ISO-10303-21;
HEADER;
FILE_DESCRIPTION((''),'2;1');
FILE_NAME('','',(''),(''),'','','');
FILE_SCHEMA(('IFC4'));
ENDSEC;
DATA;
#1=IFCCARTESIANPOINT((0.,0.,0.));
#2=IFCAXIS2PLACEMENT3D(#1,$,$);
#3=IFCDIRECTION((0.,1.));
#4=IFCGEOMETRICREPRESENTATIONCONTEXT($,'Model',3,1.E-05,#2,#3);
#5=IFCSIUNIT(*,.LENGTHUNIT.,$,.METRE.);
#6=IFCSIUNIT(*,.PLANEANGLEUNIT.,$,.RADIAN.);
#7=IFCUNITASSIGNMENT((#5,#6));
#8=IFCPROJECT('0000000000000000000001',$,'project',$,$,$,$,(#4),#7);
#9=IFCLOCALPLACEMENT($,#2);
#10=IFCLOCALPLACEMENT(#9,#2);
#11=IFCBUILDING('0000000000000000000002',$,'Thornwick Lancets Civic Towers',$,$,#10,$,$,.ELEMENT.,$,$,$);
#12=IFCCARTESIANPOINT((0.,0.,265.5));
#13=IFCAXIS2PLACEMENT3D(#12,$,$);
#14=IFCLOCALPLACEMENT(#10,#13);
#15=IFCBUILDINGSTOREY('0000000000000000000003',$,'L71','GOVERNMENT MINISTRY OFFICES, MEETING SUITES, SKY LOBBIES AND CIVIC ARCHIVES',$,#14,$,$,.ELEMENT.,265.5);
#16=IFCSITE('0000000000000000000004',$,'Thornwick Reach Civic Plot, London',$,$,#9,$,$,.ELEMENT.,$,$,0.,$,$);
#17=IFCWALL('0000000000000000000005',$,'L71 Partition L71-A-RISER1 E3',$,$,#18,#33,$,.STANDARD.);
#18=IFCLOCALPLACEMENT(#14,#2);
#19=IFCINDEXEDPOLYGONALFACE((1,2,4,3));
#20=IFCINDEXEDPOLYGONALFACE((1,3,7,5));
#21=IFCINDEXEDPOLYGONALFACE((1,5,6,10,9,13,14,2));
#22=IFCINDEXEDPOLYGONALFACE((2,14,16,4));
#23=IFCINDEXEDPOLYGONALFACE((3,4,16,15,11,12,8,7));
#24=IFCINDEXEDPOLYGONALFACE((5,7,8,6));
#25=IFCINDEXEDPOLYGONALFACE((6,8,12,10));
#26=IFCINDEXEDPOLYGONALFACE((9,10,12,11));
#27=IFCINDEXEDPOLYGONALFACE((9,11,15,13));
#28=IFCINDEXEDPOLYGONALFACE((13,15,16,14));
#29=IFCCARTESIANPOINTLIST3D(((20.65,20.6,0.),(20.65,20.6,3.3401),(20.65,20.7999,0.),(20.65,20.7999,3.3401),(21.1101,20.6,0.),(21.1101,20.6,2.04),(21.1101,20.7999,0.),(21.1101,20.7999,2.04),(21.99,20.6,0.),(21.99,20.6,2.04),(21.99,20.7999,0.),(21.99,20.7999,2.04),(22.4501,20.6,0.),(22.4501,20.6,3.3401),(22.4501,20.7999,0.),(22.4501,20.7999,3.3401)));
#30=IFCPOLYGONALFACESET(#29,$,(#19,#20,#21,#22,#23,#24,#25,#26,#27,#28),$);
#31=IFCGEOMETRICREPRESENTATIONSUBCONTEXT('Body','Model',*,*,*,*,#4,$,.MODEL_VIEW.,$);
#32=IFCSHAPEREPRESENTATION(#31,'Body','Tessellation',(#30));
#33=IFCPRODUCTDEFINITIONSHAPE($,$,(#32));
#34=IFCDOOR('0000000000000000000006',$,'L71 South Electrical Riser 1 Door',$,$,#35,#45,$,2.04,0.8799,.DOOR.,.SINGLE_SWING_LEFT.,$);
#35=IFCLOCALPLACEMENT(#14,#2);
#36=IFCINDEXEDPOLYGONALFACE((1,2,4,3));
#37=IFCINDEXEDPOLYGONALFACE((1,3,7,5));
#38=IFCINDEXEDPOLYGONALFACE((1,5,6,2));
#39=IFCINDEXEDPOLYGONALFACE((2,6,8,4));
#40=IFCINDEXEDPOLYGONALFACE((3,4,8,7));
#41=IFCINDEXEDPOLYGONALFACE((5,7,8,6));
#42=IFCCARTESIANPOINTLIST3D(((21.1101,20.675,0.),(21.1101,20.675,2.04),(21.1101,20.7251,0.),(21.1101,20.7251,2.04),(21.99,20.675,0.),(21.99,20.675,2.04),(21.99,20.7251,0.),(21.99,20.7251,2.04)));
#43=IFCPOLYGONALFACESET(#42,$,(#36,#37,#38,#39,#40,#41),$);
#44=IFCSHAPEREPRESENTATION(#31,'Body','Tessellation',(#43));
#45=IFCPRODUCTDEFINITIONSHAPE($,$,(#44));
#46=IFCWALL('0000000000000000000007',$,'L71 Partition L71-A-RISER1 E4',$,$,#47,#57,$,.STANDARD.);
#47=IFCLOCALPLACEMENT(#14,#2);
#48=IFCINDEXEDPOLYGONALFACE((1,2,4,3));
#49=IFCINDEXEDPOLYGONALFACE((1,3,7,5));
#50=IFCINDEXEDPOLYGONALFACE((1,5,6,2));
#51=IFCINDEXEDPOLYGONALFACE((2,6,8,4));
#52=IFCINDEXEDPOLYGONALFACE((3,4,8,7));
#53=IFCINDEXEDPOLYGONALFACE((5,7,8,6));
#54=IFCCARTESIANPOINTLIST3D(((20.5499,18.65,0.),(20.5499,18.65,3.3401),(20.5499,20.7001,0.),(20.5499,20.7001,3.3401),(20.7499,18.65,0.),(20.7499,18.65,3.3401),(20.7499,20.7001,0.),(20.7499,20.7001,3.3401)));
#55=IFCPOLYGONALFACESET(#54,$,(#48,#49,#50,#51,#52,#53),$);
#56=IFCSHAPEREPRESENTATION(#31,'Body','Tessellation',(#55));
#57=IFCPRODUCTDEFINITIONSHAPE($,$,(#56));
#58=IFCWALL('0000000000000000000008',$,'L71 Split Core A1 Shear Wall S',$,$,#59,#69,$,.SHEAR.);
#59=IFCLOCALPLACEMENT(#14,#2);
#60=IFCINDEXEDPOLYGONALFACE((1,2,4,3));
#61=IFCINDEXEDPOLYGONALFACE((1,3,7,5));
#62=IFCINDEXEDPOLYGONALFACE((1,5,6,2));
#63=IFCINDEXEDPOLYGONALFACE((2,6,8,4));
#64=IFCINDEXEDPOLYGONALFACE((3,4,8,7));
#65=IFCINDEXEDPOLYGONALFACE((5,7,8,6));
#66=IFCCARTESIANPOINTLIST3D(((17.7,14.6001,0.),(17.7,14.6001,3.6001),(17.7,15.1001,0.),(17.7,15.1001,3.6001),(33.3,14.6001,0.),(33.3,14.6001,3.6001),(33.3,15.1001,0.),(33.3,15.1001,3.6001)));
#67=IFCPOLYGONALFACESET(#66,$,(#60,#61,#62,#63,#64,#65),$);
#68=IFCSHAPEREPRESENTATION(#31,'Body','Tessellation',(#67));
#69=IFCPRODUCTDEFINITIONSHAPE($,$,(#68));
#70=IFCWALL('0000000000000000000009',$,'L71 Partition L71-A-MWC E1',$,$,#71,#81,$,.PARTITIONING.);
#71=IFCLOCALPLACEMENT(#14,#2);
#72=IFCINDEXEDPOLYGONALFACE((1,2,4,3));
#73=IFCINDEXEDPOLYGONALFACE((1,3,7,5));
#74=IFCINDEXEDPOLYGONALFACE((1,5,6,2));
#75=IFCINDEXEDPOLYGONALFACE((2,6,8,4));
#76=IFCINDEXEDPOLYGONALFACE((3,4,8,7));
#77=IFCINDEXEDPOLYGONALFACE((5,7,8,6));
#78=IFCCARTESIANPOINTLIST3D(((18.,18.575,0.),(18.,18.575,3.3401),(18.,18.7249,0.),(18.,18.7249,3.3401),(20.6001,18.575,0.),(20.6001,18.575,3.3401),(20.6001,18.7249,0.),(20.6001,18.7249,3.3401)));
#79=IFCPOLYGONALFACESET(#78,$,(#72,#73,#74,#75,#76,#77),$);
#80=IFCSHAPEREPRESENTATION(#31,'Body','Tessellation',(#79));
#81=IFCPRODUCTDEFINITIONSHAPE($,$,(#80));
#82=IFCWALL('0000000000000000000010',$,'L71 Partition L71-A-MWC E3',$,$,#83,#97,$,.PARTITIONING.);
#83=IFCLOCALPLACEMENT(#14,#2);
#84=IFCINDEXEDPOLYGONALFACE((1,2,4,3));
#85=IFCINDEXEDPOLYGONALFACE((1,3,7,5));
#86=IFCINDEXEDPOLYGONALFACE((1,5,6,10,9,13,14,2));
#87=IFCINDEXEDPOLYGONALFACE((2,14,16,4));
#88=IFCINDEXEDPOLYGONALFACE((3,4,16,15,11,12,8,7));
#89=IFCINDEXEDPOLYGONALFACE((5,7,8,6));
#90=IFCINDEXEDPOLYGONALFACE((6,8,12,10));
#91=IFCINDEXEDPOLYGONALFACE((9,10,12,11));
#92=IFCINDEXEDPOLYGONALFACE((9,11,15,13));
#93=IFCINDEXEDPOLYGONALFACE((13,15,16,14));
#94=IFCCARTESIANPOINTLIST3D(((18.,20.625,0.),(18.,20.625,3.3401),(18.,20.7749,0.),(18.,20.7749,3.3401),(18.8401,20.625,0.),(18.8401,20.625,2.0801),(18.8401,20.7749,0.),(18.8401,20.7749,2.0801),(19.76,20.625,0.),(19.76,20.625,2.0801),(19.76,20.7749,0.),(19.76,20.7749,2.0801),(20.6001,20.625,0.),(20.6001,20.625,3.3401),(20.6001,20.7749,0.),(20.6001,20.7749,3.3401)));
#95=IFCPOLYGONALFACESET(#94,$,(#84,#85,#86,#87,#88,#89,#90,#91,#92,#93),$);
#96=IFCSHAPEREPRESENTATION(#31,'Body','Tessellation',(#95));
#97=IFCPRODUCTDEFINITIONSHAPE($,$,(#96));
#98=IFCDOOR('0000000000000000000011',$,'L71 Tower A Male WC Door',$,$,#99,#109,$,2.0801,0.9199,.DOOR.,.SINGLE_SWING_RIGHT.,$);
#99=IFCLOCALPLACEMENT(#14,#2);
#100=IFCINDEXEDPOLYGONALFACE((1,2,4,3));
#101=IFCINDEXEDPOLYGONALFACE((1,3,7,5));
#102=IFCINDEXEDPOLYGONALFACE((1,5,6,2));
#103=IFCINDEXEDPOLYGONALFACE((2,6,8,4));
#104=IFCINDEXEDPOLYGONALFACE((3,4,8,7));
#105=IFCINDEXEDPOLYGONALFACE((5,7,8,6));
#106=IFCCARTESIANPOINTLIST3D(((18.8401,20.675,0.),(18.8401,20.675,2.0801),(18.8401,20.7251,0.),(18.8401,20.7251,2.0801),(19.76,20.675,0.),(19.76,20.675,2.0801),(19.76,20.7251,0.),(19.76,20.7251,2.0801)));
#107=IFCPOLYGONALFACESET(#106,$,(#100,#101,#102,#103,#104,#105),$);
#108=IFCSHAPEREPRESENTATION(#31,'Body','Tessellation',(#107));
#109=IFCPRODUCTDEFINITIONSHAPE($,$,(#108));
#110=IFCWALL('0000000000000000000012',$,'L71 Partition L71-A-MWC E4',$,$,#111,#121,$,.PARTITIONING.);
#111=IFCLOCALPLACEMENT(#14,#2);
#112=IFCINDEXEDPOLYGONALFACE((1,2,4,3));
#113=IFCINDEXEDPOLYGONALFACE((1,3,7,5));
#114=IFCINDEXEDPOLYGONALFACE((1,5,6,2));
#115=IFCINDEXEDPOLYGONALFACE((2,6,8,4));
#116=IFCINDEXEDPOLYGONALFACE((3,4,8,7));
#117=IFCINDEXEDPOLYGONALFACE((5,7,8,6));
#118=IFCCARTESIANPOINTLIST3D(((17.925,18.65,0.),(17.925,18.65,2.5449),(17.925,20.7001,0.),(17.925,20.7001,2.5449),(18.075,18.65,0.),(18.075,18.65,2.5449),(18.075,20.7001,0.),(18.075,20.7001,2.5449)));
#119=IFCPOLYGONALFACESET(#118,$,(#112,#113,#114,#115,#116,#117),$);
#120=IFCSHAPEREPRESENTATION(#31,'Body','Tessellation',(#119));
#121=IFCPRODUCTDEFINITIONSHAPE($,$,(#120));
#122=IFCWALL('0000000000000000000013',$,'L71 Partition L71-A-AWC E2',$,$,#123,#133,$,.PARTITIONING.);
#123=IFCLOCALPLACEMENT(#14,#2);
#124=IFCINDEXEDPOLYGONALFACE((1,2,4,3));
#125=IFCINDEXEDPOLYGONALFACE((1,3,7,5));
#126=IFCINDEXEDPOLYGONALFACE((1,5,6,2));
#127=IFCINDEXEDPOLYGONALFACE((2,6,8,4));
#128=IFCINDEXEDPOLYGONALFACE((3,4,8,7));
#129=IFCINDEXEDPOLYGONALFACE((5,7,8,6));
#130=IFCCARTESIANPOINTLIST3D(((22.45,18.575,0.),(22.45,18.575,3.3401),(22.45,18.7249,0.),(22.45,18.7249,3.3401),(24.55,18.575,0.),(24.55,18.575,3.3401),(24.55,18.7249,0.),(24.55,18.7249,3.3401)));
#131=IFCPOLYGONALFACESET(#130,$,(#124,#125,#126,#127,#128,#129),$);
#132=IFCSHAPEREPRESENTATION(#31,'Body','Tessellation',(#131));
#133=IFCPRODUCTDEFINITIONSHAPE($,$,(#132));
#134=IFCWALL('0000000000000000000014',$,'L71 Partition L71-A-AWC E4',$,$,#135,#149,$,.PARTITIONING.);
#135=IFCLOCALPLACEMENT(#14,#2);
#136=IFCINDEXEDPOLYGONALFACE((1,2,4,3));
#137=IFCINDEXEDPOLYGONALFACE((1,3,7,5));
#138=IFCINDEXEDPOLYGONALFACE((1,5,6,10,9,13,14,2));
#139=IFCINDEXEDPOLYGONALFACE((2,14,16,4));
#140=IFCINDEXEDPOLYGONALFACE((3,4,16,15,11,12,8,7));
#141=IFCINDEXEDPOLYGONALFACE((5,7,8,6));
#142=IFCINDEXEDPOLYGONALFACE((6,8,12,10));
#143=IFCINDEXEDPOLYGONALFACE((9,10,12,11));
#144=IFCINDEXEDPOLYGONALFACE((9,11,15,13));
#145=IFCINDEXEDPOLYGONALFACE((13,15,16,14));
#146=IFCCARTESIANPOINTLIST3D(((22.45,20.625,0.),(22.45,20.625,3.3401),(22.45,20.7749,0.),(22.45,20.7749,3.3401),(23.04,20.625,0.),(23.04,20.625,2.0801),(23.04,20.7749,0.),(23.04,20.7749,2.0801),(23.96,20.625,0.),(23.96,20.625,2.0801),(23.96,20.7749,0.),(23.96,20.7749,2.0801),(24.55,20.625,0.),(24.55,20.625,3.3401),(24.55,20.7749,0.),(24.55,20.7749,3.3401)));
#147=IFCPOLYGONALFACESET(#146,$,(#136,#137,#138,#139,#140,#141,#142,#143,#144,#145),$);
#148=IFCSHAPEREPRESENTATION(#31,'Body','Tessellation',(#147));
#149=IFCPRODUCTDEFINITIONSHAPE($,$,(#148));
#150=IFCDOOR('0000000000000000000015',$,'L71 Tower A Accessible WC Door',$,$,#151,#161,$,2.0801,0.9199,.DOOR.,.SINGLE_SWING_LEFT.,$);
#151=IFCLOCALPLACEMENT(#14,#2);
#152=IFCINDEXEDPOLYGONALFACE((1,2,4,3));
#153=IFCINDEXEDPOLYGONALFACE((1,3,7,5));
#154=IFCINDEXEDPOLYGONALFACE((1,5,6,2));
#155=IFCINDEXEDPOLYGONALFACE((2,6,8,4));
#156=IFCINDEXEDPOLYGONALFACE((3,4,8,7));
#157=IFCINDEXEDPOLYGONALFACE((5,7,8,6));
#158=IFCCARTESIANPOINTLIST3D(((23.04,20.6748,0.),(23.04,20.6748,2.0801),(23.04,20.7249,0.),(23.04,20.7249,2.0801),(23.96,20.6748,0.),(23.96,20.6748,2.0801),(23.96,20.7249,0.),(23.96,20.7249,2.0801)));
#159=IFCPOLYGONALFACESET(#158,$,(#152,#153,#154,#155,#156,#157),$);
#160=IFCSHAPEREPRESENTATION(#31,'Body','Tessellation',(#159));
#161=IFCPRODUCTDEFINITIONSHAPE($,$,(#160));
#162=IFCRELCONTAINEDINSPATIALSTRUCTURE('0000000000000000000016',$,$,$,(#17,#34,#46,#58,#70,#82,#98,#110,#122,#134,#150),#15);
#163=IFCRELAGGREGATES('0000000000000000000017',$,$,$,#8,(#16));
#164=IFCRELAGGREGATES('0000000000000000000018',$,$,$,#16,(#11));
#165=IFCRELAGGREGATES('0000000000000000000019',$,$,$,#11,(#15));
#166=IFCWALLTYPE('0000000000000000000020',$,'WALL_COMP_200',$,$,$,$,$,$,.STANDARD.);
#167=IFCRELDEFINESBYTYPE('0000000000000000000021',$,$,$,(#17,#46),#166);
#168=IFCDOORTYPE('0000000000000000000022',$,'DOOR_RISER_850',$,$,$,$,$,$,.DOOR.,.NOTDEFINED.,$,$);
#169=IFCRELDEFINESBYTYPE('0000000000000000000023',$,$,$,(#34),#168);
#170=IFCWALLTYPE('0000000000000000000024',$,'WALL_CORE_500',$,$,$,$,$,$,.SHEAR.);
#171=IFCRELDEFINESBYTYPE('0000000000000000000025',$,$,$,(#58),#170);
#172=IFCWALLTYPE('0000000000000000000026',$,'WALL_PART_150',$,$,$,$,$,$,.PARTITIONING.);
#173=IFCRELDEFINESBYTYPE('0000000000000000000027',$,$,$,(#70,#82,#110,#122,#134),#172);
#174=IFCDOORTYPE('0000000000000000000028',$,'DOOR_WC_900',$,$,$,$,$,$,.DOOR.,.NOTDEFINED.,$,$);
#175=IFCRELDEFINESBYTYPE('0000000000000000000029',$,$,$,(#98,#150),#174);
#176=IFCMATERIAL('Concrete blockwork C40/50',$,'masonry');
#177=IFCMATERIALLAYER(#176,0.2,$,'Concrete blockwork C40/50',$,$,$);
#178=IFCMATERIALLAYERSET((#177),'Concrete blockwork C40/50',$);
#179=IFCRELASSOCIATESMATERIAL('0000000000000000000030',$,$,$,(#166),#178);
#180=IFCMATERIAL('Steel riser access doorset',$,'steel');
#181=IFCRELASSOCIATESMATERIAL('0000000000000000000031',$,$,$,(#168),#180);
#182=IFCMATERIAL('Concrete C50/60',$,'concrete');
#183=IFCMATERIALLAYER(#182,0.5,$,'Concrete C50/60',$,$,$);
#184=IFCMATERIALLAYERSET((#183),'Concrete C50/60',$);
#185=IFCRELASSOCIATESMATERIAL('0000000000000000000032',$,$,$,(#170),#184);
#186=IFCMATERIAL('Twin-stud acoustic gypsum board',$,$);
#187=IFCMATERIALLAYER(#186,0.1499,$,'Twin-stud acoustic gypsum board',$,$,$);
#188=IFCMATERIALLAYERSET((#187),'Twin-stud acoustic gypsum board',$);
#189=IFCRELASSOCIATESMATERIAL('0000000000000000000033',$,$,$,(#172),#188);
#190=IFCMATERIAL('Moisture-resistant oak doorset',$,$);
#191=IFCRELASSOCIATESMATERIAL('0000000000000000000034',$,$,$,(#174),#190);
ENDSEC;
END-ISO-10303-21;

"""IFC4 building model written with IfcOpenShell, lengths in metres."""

from ifc_helpers import new_model, si_unit, direction, frame, frame_2d, origin, place, context, subcontext, project, spatial, rectangle, extrude, material, layer, layer_set, type_object, element, fill, save


model = new_model("IFC4")

# Units and contexts
model_context = context("Model", 3, precision=1e-05, world=origin(), true_north=direction((0.0, 1.0)))
body_context = subcontext(model_context, "Body", "Model", "MODEL_VIEW")
ifc_project = project(units=[si_unit("LENGTHUNIT", "METRE"), si_unit("PLANEANGLEUNIT", "RADIAN")], contexts=[model_context])

# Site, building, storey
site_placement = place(None, origin())
site = spatial("IfcSite", under=ifc_project, at=site_placement, Name="Thornwick Reach Civic Plot, London", CompositionType="ELEMENT", RefElevation=0.0)
building_placement = place(site_placement, origin())
building = spatial("IfcBuilding", under=site, at=building_placement, Name="Thornwick Lancets Civic Towers", CompositionType="ELEMENT")
storey_placement = place(building_placement, frame((0.0, 0.0, 265.5)))
storey = spatial("IfcBuildingStorey", under=building, at=storey_placement, Name="L71", Description="GOVERNMENT MINISTRY OFFICES, MEETING SUITES, SKY LOBBIES AND CIVIC ARCHIVES", CompositionType="ELEMENT", Elevation=265.5)

# Shared definitions
ifc_material_1 = material(Name="Concrete C50/60", Category="concrete")

# Shared definitions
ifc_material_2 = material(Name="Concrete blockwork C40/50", Category="masonry")
ifc_layer_1 = layer(ifc_material_2, 0.2, Name="Concrete blockwork C40/50")
ifc_layer_set_1 = layer_set([ifc_layer_1], Name="Concrete blockwork C40/50")
wall_type_1 = type_object("IfcWallType", Name="WALL_COMP_200", PredefinedType="STANDARD", material=ifc_layer_set_1)

# Wall, opening, door
wall_1_placement = place(storey_placement, frame((22.45, 20.7, 0.0), z_axis=(0.0, 0.0, 1.0), x_axis=(-1.0, 0.0, 0.0)))
wall_1 = element("IfcWall", 1, at=wall_1_placement, inside=storey, type_object=wall_type_1, Name="L71 Partition L71-A-RISER1 E3", PredefinedType="STANDARD", context=body_context, shape_type="SweptSolid", body=[
    extrude(rectangle(XDim=1.8, YDim=0.2, at=frame_2d((0.8999, 0.0))), origin(), (0.0, 0.0, 1.0), 3.3401),
])
opening_1_placement = place(wall_1_placement, frame((0.46, 0.0, 0.0)))
opening_1 = element("IfcOpeningElement", 2, at=opening_1_placement, cuts=wall_1, PredefinedType="OPENING", context=body_context, shape_type="SweptSolid", body=[
    extrude(rectangle(XDim=0.8799, YDim=2.04, at=frame_2d((0.4399, 1.02))), frame((0.0, 0.1099, 0.0), z_axis=(0.0, -1.0, 0.0), x_axis=(1.0, 0.0, 0.0)), (0.0, 0.0, 1.0), 0.22),
])
ifc_material_3 = material(Name="Steel riser access doorset", Category="steel")
door_type_1 = type_object("IfcDoorType", Name="DOOR_RISER_850", OperationType="NOTDEFINED", PredefinedType="DOOR", material=ifc_material_3)
door_1_placement = place(opening_1_placement, origin())
door_1 = element("IfcDoor", 3, at=door_1_placement, inside=storey, type_object=door_type_1, Name="L71 South Electrical Riser 1 Door", OperationType="SINGLE_SWING_LEFT", OverallHeight=2.04, OverallWidth=0.8799, PredefinedType="DOOR", context=body_context, shape_type="SweptSolid", body=[
    extrude(rectangle(XDim=0.8799, YDim=2.04, at=frame_2d((0.4399, 1.02))), frame((0.0, 0.0249, 0.0), z_axis=(0.0, -1.0, 0.0), x_axis=(1.0, 0.0, 0.0)), (0.0, 0.0, 1.0), 0.05),
])
fill(opening_1, door_1)

# Walls
wall_2_placement = place(storey_placement, frame((20.6499, 20.7, 0.0), z_axis=(0.0, 0.0, 1.0), x_axis=(0.0, -1.0, 0.0)))
element("IfcWall", 4, at=wall_2_placement, inside=storey, type_object=wall_type_1, Name="L71 Partition L71-A-RISER1 E4", PredefinedType="STANDARD", context=body_context, shape_type="SweptSolid", body=[
    extrude(rectangle(XDim=2.05, YDim=0.2, at=frame_2d((1.0249, 0.0))), origin(), (0.0, 0.0, 1.0), 3.3401),
])
ifc_layer_2 = layer(ifc_material_1, 0.5, Name="Concrete C50/60")
ifc_layer_set_2 = layer_set([ifc_layer_2], Name="Concrete C50/60")
wall_type_2 = type_object("IfcWallType", Name="WALL_CORE_500", PredefinedType="SHEAR", material=ifc_layer_set_2)
wall_3_placement = place(storey_placement, frame((17.7, 14.8501, 0.0), z_axis=(0.0, 0.0, 1.0), x_axis=(1.0, 0.0, 0.0)))
element("IfcWall", 5, at=wall_3_placement, inside=storey, type_object=wall_type_2, Name="L71 Split Core A1 Shear Wall S", PredefinedType="SHEAR", context=body_context, shape_type="SweptSolid", body=[
    extrude(rectangle(XDim=15.6001, YDim=0.5, at=frame_2d((7.8, 0.0))), origin(), (0.0, 0.0, 1.0), 3.6001),
])
ifc_material_4 = material(Name="Twin-stud acoustic gypsum board")
ifc_layer_3 = layer(ifc_material_4, 0.1499, Name="Twin-stud acoustic gypsum board")
ifc_layer_set_3 = layer_set([ifc_layer_3], Name="Twin-stud acoustic gypsum board")
wall_type_3 = type_object("IfcWallType", Name="WALL_PART_150", PredefinedType="PARTITIONING", material=ifc_layer_set_3)
wall_4_placement = place(storey_placement, frame((18.0, 18.6499, 0.0), z_axis=(0.0, 0.0, 1.0), x_axis=(1.0, 0.0, 0.0)))
element("IfcWall", 6, at=wall_4_placement, inside=storey, type_object=wall_type_3, Name="L71 Partition L71-A-MWC E1", PredefinedType="PARTITIONING", context=body_context, shape_type="SweptSolid", body=[
    extrude(rectangle(XDim=2.6001, YDim=0.1499, at=frame_2d((1.3, 0.0))), origin(), (0.0, 0.0, 1.0), 3.3401),
])

# Wall, opening, door
wall_5_placement = place(storey_placement, frame((20.6001, 20.7, 0.0), z_axis=(0.0, 0.0, 1.0), x_axis=(-1.0, 0.0, 0.0)))
wall_5 = element("IfcWall", 7, at=wall_5_placement, inside=storey, type_object=wall_type_3, Name="L71 Partition L71-A-MWC E3", PredefinedType="PARTITIONING", context=body_context, shape_type="SweptSolid", body=[
    extrude(rectangle(XDim=2.6001, YDim=0.1499, at=frame_2d((1.3, 0.0))), origin(), (0.0, 0.0, 1.0), 3.3401),
])
opening_2_placement = place(wall_5_placement, frame((0.8401, 0.0, 0.0)))
opening_2 = element("IfcOpeningElement", 8, at=opening_2_placement, cuts=wall_5, PredefinedType="OPENING", context=body_context, shape_type="SweptSolid", body=[
    extrude(rectangle(XDim=0.9199, YDim=2.0801, at=frame_2d((0.46, 1.04))), frame((0.0, 0.085, 0.0), z_axis=(0.0, -1.0, 0.0), x_axis=(1.0, 0.0, 0.0)), (0.0, 0.0, 1.0), 0.1699),
])
ifc_material_5 = material(Name="Moisture-resistant oak doorset")
door_type_2 = type_object("IfcDoorType", Name="DOOR_WC_900", OperationType="NOTDEFINED", PredefinedType="DOOR", material=ifc_material_5)
door_2_placement = place(opening_2_placement, origin())
door_2 = element("IfcDoor", 9, at=door_2_placement, inside=storey, type_object=door_type_2, Name="L71 Tower A Male WC Door", OperationType="SINGLE_SWING_RIGHT", OverallHeight=2.0801, OverallWidth=0.9199, PredefinedType="DOOR", context=body_context, shape_type="SweptSolid", body=[
    extrude(rectangle(XDim=0.9199, YDim=2.0801, at=frame_2d((0.46, 1.04))), frame((0.0, 0.0249, 0.0), z_axis=(0.0, -1.0, 0.0), x_axis=(1.0, 0.0, 0.0)), (0.0, 0.0, 1.0), 0.05),
])
fill(opening_2, door_2)

# Walls
wall_6_placement = place(storey_placement, frame((18.0, 20.7, 0.0), z_axis=(0.0, 0.0, 1.0), x_axis=(0.0, -1.0, 0.0)))
element("IfcWall", 10, at=wall_6_placement, inside=storey, type_object=wall_type_3, Name="L71 Partition L71-A-MWC E4", PredefinedType="PARTITIONING", context=body_context, shape_type="SweptSolid", body=[
    extrude(rectangle(XDim=2.05, YDim=0.1499, at=frame_2d((1.0249, 0.0))), origin(), (0.0, 0.0, 1.0), 2.5449),
])
wall_7_placement = place(storey_placement, frame((24.55, 18.6499, 0.0), z_axis=(0.0, 0.0, 1.0), x_axis=(-1.0, 0.0, 0.0)))
element("IfcWall", 11, at=wall_7_placement, inside=storey, type_object=wall_type_3, Name="L71 Partition L71-A-AWC E2", PredefinedType="PARTITIONING", context=body_context, shape_type="SweptSolid", body=[
    extrude(rectangle(XDim=2.1001, YDim=0.1499, at=frame_2d((1.05, 0.0))), origin(), (0.0, 0.0, 1.0), 3.3401),
])

# Wall, opening, door
wall_8_placement = place(storey_placement, frame((22.45, 20.7, 0.0), z_axis=(0.0, 0.0, 1.0), x_axis=(1.0, 0.0, 0.0)))
wall_8 = element("IfcWall", 12, at=wall_8_placement, inside=storey, type_object=wall_type_3, Name="L71 Partition L71-A-AWC E4", PredefinedType="PARTITIONING", context=body_context, shape_type="SweptSolid", body=[
    extrude(rectangle(XDim=2.1001, YDim=0.1499, at=frame_2d((1.05, 0.0))), origin(), (0.0, 0.0, 1.0), 3.3401),
])
opening_3_placement = place(wall_8_placement, frame((0.5901, 0.0, 0.0)))
opening_3 = element("IfcOpeningElement", 13, at=opening_3_placement, cuts=wall_8, PredefinedType="OPENING", context=body_context, shape_type="SweptSolid", body=[
    extrude(rectangle(XDim=0.9199, YDim=2.0801, at=frame_2d((0.46, 1.04))), frame((0.0, 0.085, 0.0), z_axis=(0.0, -1.0, 0.0), x_axis=(1.0, 0.0, 0.0)), (0.0, 0.0, 1.0), 0.1699),
])
door_3_placement = place(opening_3_placement, origin())
door_3 = element("IfcDoor", 14, at=door_3_placement, inside=storey, type_object=door_type_2, Name="L71 Tower A Accessible WC Door", OperationType="SINGLE_SWING_LEFT", OverallHeight=2.0801, OverallWidth=0.9199, PredefinedType="DOOR", context=body_context, shape_type="SweptSolid", body=[
    extrude(rectangle(XDim=0.9199, YDim=2.0801, at=frame_2d((0.46, 1.04))), frame((0.0, 0.0249, 0.0), z_axis=(0.0, -1.0, 0.0), x_axis=(1.0, 0.0, 0.0)), (0.0, 0.0, 1.0), 0.05),
])
fill(opening_3, door_3)

save(model, "model.ifc")
